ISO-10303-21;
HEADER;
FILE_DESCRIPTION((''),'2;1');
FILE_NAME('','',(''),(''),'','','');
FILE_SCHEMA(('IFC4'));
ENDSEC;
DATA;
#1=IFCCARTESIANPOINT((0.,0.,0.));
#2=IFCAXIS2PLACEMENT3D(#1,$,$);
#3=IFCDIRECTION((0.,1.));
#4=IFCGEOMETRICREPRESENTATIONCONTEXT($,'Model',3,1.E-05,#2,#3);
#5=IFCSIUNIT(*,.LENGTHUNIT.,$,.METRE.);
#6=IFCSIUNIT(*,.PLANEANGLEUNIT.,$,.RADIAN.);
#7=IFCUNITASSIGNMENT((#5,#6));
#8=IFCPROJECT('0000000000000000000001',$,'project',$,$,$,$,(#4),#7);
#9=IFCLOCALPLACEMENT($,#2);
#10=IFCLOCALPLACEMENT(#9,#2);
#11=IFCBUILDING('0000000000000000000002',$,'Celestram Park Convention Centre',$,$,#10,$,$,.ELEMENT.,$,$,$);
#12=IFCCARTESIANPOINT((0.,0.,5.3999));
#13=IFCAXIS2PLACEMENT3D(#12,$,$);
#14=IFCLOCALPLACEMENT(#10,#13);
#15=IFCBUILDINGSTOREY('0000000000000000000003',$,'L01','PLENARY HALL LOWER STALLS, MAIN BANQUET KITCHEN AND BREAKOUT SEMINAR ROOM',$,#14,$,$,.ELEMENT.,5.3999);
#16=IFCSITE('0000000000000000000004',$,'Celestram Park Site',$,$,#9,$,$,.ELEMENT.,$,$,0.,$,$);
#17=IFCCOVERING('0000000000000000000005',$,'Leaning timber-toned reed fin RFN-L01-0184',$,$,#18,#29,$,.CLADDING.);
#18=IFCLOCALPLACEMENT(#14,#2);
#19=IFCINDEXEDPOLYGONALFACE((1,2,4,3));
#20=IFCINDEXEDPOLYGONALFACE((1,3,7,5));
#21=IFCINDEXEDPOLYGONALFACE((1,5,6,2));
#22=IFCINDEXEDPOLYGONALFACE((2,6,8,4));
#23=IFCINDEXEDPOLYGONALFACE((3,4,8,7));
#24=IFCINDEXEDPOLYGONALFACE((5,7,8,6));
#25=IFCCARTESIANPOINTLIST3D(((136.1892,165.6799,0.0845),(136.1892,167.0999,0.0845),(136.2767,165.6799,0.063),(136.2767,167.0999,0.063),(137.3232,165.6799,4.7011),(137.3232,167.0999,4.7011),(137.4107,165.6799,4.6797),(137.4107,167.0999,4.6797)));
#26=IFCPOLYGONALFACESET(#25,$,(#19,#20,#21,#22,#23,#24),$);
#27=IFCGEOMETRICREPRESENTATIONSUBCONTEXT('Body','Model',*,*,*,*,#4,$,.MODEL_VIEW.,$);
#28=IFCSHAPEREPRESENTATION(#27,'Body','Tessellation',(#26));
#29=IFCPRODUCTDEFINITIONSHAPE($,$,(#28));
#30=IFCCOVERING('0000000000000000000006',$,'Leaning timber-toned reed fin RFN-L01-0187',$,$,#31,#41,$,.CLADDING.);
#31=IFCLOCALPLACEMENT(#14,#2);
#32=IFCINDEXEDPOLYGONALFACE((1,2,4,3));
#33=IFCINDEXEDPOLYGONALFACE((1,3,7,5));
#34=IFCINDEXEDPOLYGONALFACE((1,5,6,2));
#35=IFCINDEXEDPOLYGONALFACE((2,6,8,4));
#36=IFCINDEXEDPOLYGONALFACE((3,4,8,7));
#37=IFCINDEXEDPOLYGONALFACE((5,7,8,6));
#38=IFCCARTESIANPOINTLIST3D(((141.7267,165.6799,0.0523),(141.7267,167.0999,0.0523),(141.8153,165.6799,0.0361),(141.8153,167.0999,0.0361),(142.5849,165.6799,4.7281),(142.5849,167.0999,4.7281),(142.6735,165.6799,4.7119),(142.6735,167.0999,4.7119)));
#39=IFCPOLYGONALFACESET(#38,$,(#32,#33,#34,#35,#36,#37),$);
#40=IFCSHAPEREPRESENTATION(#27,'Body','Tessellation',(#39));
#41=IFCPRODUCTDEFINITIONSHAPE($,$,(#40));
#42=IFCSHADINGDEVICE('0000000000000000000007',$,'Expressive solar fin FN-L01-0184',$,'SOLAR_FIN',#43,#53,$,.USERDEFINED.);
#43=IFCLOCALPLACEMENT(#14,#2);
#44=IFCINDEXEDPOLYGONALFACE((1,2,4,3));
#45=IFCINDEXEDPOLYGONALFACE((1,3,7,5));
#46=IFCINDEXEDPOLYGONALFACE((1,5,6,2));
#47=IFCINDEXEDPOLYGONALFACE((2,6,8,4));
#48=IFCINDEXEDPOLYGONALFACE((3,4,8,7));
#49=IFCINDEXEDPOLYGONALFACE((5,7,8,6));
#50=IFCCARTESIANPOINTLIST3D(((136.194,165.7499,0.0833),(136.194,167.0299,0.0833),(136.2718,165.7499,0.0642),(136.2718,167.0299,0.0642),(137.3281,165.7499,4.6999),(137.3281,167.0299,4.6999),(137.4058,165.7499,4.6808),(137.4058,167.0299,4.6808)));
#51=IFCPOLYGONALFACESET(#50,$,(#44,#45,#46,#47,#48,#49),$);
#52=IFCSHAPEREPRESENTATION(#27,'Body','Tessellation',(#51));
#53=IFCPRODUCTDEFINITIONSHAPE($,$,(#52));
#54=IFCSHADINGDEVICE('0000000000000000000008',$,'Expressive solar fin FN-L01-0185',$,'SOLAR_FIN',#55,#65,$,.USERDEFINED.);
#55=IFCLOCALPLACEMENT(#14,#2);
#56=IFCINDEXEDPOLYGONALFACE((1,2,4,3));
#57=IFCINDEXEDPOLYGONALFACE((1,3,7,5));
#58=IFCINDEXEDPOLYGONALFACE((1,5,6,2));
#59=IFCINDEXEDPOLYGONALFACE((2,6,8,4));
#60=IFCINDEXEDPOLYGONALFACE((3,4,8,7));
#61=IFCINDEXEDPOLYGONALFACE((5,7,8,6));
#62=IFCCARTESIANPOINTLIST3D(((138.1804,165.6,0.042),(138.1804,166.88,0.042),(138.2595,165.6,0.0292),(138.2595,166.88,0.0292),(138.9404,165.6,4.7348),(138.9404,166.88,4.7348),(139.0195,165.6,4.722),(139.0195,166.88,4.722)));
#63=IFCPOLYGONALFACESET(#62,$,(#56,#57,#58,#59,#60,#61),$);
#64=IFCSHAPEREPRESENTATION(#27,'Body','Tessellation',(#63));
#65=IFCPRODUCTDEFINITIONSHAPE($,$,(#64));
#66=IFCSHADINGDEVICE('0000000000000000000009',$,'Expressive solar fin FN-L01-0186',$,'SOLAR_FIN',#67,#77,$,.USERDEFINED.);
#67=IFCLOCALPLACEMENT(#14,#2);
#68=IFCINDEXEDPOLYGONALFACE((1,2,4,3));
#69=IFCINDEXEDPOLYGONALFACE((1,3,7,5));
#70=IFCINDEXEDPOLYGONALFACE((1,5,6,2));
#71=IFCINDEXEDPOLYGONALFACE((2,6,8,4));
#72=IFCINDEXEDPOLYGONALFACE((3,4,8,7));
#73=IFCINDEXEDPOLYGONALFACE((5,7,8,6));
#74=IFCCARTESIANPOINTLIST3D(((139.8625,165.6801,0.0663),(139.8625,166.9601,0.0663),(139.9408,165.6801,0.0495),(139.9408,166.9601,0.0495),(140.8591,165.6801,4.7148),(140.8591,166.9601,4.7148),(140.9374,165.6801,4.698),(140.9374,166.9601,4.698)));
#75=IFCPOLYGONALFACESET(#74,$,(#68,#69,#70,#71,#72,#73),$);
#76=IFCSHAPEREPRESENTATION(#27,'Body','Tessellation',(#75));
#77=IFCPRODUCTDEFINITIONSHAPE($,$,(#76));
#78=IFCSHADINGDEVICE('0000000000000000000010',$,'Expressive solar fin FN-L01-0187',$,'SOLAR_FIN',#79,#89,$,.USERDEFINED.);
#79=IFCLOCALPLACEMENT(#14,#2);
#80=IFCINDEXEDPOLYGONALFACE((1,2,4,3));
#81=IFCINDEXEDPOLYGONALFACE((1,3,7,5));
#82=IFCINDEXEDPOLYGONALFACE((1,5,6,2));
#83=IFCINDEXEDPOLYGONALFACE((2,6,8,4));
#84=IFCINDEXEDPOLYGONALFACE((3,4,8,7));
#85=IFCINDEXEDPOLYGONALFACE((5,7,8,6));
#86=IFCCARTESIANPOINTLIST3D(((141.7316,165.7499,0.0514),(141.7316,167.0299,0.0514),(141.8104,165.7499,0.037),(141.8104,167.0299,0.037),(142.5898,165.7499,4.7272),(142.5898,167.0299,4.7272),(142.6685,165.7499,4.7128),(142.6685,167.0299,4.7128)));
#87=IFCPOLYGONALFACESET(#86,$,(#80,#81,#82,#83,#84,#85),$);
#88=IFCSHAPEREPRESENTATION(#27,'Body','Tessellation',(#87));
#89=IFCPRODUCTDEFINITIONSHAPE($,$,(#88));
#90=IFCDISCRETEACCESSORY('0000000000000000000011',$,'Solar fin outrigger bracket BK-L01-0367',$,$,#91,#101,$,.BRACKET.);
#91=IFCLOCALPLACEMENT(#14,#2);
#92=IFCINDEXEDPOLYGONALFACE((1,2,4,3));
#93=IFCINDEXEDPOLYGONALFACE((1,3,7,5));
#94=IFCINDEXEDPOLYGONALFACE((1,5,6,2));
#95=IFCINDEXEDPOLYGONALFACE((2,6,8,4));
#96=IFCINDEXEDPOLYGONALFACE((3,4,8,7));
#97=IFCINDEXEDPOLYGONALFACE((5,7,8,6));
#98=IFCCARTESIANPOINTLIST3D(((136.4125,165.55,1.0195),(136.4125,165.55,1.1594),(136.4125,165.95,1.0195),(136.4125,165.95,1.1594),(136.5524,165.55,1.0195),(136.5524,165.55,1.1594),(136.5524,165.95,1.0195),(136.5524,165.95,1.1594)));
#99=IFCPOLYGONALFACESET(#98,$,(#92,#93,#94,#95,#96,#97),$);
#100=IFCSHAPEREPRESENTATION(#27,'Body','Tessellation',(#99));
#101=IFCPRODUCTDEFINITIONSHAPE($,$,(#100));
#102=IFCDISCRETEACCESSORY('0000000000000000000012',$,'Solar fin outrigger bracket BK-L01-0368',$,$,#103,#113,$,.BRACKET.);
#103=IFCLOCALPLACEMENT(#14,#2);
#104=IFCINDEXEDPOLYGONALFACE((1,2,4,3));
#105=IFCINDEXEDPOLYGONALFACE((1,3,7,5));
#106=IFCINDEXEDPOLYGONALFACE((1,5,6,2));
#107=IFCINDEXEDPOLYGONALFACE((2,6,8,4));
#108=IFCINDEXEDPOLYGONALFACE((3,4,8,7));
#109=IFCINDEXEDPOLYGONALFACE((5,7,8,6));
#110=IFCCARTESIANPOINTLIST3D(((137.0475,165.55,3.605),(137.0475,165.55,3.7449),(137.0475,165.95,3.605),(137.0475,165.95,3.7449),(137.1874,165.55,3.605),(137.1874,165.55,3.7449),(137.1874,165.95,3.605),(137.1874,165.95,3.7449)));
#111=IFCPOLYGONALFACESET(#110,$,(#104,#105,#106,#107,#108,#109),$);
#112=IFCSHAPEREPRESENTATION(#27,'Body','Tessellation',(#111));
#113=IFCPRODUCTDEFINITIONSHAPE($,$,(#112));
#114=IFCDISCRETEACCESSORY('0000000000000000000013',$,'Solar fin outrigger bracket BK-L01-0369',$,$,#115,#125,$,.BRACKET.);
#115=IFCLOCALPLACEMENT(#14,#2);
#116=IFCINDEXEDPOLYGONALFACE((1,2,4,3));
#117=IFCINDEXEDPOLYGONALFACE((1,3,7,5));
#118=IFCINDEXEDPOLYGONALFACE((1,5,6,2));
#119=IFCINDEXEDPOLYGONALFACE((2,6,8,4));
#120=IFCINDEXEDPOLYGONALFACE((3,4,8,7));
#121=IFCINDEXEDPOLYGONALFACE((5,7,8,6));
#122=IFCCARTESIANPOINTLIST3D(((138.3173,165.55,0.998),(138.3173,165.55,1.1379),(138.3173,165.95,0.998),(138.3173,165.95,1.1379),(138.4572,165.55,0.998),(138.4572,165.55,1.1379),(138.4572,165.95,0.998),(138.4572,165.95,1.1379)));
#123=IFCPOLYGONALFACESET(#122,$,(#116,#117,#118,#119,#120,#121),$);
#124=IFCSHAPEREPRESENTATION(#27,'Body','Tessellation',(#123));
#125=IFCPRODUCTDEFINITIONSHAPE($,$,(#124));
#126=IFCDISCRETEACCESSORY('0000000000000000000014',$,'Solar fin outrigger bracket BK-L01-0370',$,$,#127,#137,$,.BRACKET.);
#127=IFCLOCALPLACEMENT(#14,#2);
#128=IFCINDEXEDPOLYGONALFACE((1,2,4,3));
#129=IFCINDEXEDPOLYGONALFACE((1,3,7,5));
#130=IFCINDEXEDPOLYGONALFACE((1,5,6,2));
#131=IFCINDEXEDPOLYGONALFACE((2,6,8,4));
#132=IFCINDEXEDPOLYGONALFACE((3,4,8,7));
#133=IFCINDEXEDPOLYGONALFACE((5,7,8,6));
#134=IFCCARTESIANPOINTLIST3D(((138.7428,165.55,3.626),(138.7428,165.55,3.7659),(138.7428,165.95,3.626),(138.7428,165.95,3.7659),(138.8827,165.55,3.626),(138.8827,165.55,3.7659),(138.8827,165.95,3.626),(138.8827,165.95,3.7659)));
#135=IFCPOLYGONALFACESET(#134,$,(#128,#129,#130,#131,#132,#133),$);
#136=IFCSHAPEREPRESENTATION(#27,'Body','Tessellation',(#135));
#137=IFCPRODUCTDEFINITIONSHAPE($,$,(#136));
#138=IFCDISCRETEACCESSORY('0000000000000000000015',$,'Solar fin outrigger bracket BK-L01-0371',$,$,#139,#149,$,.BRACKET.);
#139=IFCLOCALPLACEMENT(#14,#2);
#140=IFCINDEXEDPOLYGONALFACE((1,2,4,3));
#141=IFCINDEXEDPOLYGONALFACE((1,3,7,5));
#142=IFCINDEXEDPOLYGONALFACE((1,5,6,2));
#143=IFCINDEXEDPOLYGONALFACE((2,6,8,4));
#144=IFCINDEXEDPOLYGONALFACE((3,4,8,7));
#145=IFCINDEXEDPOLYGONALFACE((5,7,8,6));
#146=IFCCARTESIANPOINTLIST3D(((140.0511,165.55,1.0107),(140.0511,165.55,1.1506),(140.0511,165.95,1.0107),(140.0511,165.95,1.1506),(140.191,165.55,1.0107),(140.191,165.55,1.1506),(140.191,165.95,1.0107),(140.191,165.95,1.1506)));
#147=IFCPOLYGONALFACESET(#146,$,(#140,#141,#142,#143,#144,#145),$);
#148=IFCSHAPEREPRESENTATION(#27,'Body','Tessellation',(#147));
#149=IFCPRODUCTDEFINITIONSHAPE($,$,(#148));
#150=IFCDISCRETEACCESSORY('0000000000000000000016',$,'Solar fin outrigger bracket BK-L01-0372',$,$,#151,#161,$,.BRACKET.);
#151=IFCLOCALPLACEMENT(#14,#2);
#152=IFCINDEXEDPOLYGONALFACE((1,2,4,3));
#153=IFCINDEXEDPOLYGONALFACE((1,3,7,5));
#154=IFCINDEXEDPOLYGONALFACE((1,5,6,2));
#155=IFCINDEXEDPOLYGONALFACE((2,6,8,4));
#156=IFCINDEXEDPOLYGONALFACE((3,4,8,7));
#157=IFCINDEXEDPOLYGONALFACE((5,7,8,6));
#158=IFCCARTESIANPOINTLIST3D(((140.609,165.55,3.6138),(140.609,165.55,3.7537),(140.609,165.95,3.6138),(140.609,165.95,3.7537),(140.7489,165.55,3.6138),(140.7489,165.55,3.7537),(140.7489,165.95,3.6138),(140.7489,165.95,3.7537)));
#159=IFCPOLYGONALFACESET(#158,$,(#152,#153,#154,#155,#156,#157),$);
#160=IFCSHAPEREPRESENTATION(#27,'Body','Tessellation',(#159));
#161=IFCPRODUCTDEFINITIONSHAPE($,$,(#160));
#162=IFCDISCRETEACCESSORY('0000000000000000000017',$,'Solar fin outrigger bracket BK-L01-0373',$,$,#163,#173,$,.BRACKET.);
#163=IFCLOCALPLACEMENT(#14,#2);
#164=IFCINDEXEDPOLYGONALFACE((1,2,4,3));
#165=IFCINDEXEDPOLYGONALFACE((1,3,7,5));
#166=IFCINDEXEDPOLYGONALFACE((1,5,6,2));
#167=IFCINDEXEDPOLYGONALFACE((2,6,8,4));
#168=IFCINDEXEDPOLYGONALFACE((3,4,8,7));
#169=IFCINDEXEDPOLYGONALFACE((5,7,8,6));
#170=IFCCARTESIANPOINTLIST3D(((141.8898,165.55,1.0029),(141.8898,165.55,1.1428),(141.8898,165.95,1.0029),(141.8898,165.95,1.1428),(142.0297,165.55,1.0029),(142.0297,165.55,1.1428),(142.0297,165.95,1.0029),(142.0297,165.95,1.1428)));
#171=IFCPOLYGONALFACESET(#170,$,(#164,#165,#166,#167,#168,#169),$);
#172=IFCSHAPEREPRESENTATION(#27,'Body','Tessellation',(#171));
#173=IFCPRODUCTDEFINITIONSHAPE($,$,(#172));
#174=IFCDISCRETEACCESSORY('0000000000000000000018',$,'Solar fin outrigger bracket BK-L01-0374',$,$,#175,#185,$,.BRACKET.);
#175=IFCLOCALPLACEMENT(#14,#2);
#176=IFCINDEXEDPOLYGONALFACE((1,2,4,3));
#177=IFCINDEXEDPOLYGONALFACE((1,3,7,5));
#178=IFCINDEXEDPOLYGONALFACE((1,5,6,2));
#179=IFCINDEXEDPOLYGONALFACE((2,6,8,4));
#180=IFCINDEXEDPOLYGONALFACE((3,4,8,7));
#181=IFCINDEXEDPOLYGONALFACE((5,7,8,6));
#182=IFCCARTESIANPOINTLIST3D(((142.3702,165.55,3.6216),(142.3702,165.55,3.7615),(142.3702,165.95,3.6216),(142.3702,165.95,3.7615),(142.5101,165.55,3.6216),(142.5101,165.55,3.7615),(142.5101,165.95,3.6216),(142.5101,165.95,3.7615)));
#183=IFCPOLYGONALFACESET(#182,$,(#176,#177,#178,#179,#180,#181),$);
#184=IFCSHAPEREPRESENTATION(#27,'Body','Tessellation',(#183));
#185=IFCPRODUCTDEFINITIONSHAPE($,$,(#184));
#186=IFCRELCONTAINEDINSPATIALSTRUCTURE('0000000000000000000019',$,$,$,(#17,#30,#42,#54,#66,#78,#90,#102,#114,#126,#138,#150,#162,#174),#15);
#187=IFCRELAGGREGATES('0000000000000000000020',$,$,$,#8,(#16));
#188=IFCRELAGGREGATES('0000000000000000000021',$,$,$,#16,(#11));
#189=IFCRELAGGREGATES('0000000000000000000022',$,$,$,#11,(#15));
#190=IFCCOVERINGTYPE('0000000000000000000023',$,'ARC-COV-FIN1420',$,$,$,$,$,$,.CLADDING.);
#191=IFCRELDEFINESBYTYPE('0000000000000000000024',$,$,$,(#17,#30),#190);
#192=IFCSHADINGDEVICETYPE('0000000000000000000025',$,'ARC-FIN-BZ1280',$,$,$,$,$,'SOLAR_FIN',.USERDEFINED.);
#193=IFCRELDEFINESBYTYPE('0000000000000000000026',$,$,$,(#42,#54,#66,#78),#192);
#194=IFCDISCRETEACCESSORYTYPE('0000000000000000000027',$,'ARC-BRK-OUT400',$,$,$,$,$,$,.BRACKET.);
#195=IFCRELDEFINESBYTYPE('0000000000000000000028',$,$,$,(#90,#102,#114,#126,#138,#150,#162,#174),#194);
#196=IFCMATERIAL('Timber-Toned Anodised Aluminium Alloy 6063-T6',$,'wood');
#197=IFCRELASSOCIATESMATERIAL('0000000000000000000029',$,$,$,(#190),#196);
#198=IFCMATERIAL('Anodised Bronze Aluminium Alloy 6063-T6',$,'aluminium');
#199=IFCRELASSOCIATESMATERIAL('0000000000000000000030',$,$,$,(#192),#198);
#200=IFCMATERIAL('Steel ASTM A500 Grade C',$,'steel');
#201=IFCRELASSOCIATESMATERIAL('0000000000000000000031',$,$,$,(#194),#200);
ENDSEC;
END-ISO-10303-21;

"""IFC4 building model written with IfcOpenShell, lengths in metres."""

from ifc_helpers import new_model, si_unit, direction, frame, origin, origin_2d, place, context, subcontext, project, spatial, rectangle, extrude, material, material_profile, profile_set, type_object, element, save


model = new_model("IFC4")

# Units and contexts
model_context = context("Model", 3, precision=1e-05, world=origin(), true_north=direction((0.0, 1.0)))
body_context = subcontext(model_context, "Body", "Model", "MODEL_VIEW")
ifc_project = project(units=[si_unit("LENGTHUNIT", "METRE"), si_unit("PLANEANGLEUNIT", "RADIAN")], contexts=[model_context])

# Site, building, storey
site_placement = place(None, origin())
site = spatial("IfcSite", under=ifc_project, at=site_placement, Name="Celestram Park Site", CompositionType="ELEMENT", RefElevation=0.0)
building_placement = place(site_placement, origin())
building = spatial("IfcBuilding", under=site, at=building_placement, Name="Celestram Park Convention Centre", CompositionType="ELEMENT")
storey_placement = place(building_placement, frame((0.0, 0.0, 5.3999)))
storey = spatial("IfcBuildingStorey", under=building, at=storey_placement, Name="L01", Description="PLENARY HALL LOWER STALLS, MAIN BANQUET KITCHEN AND BREAKOUT SEMINAR ROOM", CompositionType="ELEMENT", Elevation=5.3999)

# Coverings
ifc_material_1 = material(Name="Timber-Toned Anodised Aluminium Alloy 6063-T6", Category="wood")
ifc_material_profile_1 = material_profile(ifc_material_1, rectangle(XDim=1.4199, YDim=0.0901, at=origin_2d()), Name="REED1420X90")
ifc_profile_set_1 = profile_set([ifc_material_profile_1], Name="Timber-Toned Anodised Aluminium Alloy 6063-T6")
covering_type_1 = type_object("IfcCoveringType", Name="ARC-COV-FIN1420", PredefinedType="CLADDING", material=ifc_profile_set_1)
for number, where, z_axis, x_axis, name in (
    (1, (136.2329, 166.3899, 0.0737), (0.238546, 0.0, 0.971131), (0.0, 1.0, 0.0), "Leaning timber-toned reed fin RFN-L01-0184"),
    (2, (141.771, 166.3899, 0.0442), (0.180517, 0.0, 0.983572), (0.0, 1.0, 0.0), "Leaning timber-toned reed fin RFN-L01-0187"),
):
    element("IfcCovering", number, at=place(storey_placement, frame(where, z_axis=z_axis, x_axis=x_axis)), inside=storey, type_object=covering_type_1, Name=name, PredefinedType="CLADDING", context=body_context, shape_type="SweptSolid", body=[
        extrude(rectangle(XDim=1.4199, YDim=0.0901, at=origin_2d()), origin(), (0.0, 0.0, 1.0), 4.7539),
    ])

# Shading devices
ifc_material_2 = material(Name="Anodised Bronze Aluminium Alloy 6063-T6", Category="aluminium")
ifc_material_profile_2 = material_profile(ifc_material_2, rectangle(XDim=1.28, YDim=0.0801, at=origin_2d()), Name="FIN1280X80")
ifc_profile_set_2 = profile_set([ifc_material_profile_2], Name="Anodised Bronze Aluminium Alloy 6063-T6")
shading_device_type = type_object("IfcShadingDeviceType", Name="ARC-FIN-BZ1280", ElementType="SOLAR_FIN", PredefinedType="USERDEFINED", material=ifc_profile_set_2)
for number, where, z_axis, x_axis, name in (
    (3, (136.2329, 166.3899, 0.0737), (0.238546, 0.0, 0.971131), (0.0, 1.0, 0.0), "Expressive solar fin FN-L01-0184"),
    (4, (138.22, 166.24, 0.0356), (0.159867, 0.0, 0.987139), (0.0, 1.0, 0.0), "Expressive solar fin FN-L01-0185"),
):
    element("IfcShadingDevice", number, at=place(storey_placement, frame(where, z_axis=z_axis, x_axis=x_axis)), inside=storey, type_object=shading_device_type, Name=name, ObjectType="SOLAR_FIN", PredefinedType="USERDEFINED", context=body_context, shape_type="SweptSolid", body=[
        extrude(rectangle(XDim=1.28, YDim=0.0801, at=origin_2d()), origin(), (0.0, 0.0, 1.0), 4.7539),
    ])
shading_device_1_placement = place(storey_placement, frame((139.9016, 166.3201, 0.0579), z_axis=(0.209627, 0.0, 0.977781), x_axis=(0.0, 1.0, 0.0)))
element("IfcShadingDevice", 5, at=shading_device_1_placement, inside=storey, type_object=shading_device_type, Name="Expressive solar fin FN-L01-0186", ObjectType="SOLAR_FIN", PredefinedType="USERDEFINED", context=body_context, shape_type="SweptSolid", body=[
    extrude(rectangle(XDim=1.28, YDim=0.0801, at=origin_2d()), origin(), (0.0, 0.0, 1.0), 4.7542),
])
shading_device_2_placement = place(storey_placement, frame((141.771, 166.3899, 0.0442), z_axis=(0.180517, 0.0, 0.983572), x_axis=(0.0, 1.0, 0.0)))
element("IfcShadingDevice", 6, at=shading_device_2_placement, inside=storey, type_object=shading_device_type, Name="Expressive solar fin FN-L01-0187", ObjectType="SOLAR_FIN", PredefinedType="USERDEFINED", context=body_context, shape_type="SweptSolid", body=[
    extrude(rectangle(XDim=1.28, YDim=0.0801, at=origin_2d()), origin(), (0.0, 0.0, 1.0), 4.7539),
])

# Discrete accessories
ifc_material_3 = material(Name="Steel ASTM A500 Grade C", Category="steel")
discrete_accessory_type = type_object("IfcDiscreteAccessoryType", Name="ARC-BRK-OUT400", PredefinedType="BRACKET", material=ifc_material_3)
for number, where, z_axis, x_axis, name in (
    (7, (136.4824, 165.75, 1.0195), (0.0, 0.0, 1.0), (0.0, 1.0, 0.0), "Solar fin outrigger bracket BK-L01-0367"),
    (8, (137.1174, 165.75, 3.605), (0.0, 0.0, 1.0), (0.0, 1.0, 0.0), "Solar fin outrigger bracket BK-L01-0368"),
    (9, (138.3872, 165.75, 0.998), (0.0, 0.0, 1.0), (0.0, 1.0, 0.0), "Solar fin outrigger bracket BK-L01-0369"),
    (10, (138.8127, 165.75, 3.626), (0.0, 0.0, 1.0), (0.0, 1.0, 0.0), "Solar fin outrigger bracket BK-L01-0370"),
    (11, (140.1211, 165.75, 1.0107), (0.0, 0.0, 1.0), (0.0, 1.0, 0.0), "Solar fin outrigger bracket BK-L01-0371"),
    (12, (140.679, 165.75, 3.6138), (0.0, 0.0, 1.0), (0.0, 1.0, 0.0), "Solar fin outrigger bracket BK-L01-0372"),
    (13, (141.9597, 165.75, 1.0029), (0.0, 0.0, 1.0), (0.0, 1.0, 0.0), "Solar fin outrigger bracket BK-L01-0373"),
    (14, (142.4402, 165.75, 3.6216), (0.0, 0.0, 1.0), (0.0, 1.0, 0.0), "Solar fin outrigger bracket BK-L01-0374"),
):
    element("IfcDiscreteAccessory", number, at=place(storey_placement, frame(where, z_axis=z_axis, x_axis=x_axis)), inside=storey, type_object=discrete_accessory_type, Name=name, PredefinedType="BRACKET", context=body_context, shape_type="SweptSolid", body=[
        extrude(rectangle(XDim=0.3999, YDim=0.1399, at=origin_2d()), origin(), (0.0, 0.0, 1.0), 0.1399),
    ])

save(model, "model.ifc")
